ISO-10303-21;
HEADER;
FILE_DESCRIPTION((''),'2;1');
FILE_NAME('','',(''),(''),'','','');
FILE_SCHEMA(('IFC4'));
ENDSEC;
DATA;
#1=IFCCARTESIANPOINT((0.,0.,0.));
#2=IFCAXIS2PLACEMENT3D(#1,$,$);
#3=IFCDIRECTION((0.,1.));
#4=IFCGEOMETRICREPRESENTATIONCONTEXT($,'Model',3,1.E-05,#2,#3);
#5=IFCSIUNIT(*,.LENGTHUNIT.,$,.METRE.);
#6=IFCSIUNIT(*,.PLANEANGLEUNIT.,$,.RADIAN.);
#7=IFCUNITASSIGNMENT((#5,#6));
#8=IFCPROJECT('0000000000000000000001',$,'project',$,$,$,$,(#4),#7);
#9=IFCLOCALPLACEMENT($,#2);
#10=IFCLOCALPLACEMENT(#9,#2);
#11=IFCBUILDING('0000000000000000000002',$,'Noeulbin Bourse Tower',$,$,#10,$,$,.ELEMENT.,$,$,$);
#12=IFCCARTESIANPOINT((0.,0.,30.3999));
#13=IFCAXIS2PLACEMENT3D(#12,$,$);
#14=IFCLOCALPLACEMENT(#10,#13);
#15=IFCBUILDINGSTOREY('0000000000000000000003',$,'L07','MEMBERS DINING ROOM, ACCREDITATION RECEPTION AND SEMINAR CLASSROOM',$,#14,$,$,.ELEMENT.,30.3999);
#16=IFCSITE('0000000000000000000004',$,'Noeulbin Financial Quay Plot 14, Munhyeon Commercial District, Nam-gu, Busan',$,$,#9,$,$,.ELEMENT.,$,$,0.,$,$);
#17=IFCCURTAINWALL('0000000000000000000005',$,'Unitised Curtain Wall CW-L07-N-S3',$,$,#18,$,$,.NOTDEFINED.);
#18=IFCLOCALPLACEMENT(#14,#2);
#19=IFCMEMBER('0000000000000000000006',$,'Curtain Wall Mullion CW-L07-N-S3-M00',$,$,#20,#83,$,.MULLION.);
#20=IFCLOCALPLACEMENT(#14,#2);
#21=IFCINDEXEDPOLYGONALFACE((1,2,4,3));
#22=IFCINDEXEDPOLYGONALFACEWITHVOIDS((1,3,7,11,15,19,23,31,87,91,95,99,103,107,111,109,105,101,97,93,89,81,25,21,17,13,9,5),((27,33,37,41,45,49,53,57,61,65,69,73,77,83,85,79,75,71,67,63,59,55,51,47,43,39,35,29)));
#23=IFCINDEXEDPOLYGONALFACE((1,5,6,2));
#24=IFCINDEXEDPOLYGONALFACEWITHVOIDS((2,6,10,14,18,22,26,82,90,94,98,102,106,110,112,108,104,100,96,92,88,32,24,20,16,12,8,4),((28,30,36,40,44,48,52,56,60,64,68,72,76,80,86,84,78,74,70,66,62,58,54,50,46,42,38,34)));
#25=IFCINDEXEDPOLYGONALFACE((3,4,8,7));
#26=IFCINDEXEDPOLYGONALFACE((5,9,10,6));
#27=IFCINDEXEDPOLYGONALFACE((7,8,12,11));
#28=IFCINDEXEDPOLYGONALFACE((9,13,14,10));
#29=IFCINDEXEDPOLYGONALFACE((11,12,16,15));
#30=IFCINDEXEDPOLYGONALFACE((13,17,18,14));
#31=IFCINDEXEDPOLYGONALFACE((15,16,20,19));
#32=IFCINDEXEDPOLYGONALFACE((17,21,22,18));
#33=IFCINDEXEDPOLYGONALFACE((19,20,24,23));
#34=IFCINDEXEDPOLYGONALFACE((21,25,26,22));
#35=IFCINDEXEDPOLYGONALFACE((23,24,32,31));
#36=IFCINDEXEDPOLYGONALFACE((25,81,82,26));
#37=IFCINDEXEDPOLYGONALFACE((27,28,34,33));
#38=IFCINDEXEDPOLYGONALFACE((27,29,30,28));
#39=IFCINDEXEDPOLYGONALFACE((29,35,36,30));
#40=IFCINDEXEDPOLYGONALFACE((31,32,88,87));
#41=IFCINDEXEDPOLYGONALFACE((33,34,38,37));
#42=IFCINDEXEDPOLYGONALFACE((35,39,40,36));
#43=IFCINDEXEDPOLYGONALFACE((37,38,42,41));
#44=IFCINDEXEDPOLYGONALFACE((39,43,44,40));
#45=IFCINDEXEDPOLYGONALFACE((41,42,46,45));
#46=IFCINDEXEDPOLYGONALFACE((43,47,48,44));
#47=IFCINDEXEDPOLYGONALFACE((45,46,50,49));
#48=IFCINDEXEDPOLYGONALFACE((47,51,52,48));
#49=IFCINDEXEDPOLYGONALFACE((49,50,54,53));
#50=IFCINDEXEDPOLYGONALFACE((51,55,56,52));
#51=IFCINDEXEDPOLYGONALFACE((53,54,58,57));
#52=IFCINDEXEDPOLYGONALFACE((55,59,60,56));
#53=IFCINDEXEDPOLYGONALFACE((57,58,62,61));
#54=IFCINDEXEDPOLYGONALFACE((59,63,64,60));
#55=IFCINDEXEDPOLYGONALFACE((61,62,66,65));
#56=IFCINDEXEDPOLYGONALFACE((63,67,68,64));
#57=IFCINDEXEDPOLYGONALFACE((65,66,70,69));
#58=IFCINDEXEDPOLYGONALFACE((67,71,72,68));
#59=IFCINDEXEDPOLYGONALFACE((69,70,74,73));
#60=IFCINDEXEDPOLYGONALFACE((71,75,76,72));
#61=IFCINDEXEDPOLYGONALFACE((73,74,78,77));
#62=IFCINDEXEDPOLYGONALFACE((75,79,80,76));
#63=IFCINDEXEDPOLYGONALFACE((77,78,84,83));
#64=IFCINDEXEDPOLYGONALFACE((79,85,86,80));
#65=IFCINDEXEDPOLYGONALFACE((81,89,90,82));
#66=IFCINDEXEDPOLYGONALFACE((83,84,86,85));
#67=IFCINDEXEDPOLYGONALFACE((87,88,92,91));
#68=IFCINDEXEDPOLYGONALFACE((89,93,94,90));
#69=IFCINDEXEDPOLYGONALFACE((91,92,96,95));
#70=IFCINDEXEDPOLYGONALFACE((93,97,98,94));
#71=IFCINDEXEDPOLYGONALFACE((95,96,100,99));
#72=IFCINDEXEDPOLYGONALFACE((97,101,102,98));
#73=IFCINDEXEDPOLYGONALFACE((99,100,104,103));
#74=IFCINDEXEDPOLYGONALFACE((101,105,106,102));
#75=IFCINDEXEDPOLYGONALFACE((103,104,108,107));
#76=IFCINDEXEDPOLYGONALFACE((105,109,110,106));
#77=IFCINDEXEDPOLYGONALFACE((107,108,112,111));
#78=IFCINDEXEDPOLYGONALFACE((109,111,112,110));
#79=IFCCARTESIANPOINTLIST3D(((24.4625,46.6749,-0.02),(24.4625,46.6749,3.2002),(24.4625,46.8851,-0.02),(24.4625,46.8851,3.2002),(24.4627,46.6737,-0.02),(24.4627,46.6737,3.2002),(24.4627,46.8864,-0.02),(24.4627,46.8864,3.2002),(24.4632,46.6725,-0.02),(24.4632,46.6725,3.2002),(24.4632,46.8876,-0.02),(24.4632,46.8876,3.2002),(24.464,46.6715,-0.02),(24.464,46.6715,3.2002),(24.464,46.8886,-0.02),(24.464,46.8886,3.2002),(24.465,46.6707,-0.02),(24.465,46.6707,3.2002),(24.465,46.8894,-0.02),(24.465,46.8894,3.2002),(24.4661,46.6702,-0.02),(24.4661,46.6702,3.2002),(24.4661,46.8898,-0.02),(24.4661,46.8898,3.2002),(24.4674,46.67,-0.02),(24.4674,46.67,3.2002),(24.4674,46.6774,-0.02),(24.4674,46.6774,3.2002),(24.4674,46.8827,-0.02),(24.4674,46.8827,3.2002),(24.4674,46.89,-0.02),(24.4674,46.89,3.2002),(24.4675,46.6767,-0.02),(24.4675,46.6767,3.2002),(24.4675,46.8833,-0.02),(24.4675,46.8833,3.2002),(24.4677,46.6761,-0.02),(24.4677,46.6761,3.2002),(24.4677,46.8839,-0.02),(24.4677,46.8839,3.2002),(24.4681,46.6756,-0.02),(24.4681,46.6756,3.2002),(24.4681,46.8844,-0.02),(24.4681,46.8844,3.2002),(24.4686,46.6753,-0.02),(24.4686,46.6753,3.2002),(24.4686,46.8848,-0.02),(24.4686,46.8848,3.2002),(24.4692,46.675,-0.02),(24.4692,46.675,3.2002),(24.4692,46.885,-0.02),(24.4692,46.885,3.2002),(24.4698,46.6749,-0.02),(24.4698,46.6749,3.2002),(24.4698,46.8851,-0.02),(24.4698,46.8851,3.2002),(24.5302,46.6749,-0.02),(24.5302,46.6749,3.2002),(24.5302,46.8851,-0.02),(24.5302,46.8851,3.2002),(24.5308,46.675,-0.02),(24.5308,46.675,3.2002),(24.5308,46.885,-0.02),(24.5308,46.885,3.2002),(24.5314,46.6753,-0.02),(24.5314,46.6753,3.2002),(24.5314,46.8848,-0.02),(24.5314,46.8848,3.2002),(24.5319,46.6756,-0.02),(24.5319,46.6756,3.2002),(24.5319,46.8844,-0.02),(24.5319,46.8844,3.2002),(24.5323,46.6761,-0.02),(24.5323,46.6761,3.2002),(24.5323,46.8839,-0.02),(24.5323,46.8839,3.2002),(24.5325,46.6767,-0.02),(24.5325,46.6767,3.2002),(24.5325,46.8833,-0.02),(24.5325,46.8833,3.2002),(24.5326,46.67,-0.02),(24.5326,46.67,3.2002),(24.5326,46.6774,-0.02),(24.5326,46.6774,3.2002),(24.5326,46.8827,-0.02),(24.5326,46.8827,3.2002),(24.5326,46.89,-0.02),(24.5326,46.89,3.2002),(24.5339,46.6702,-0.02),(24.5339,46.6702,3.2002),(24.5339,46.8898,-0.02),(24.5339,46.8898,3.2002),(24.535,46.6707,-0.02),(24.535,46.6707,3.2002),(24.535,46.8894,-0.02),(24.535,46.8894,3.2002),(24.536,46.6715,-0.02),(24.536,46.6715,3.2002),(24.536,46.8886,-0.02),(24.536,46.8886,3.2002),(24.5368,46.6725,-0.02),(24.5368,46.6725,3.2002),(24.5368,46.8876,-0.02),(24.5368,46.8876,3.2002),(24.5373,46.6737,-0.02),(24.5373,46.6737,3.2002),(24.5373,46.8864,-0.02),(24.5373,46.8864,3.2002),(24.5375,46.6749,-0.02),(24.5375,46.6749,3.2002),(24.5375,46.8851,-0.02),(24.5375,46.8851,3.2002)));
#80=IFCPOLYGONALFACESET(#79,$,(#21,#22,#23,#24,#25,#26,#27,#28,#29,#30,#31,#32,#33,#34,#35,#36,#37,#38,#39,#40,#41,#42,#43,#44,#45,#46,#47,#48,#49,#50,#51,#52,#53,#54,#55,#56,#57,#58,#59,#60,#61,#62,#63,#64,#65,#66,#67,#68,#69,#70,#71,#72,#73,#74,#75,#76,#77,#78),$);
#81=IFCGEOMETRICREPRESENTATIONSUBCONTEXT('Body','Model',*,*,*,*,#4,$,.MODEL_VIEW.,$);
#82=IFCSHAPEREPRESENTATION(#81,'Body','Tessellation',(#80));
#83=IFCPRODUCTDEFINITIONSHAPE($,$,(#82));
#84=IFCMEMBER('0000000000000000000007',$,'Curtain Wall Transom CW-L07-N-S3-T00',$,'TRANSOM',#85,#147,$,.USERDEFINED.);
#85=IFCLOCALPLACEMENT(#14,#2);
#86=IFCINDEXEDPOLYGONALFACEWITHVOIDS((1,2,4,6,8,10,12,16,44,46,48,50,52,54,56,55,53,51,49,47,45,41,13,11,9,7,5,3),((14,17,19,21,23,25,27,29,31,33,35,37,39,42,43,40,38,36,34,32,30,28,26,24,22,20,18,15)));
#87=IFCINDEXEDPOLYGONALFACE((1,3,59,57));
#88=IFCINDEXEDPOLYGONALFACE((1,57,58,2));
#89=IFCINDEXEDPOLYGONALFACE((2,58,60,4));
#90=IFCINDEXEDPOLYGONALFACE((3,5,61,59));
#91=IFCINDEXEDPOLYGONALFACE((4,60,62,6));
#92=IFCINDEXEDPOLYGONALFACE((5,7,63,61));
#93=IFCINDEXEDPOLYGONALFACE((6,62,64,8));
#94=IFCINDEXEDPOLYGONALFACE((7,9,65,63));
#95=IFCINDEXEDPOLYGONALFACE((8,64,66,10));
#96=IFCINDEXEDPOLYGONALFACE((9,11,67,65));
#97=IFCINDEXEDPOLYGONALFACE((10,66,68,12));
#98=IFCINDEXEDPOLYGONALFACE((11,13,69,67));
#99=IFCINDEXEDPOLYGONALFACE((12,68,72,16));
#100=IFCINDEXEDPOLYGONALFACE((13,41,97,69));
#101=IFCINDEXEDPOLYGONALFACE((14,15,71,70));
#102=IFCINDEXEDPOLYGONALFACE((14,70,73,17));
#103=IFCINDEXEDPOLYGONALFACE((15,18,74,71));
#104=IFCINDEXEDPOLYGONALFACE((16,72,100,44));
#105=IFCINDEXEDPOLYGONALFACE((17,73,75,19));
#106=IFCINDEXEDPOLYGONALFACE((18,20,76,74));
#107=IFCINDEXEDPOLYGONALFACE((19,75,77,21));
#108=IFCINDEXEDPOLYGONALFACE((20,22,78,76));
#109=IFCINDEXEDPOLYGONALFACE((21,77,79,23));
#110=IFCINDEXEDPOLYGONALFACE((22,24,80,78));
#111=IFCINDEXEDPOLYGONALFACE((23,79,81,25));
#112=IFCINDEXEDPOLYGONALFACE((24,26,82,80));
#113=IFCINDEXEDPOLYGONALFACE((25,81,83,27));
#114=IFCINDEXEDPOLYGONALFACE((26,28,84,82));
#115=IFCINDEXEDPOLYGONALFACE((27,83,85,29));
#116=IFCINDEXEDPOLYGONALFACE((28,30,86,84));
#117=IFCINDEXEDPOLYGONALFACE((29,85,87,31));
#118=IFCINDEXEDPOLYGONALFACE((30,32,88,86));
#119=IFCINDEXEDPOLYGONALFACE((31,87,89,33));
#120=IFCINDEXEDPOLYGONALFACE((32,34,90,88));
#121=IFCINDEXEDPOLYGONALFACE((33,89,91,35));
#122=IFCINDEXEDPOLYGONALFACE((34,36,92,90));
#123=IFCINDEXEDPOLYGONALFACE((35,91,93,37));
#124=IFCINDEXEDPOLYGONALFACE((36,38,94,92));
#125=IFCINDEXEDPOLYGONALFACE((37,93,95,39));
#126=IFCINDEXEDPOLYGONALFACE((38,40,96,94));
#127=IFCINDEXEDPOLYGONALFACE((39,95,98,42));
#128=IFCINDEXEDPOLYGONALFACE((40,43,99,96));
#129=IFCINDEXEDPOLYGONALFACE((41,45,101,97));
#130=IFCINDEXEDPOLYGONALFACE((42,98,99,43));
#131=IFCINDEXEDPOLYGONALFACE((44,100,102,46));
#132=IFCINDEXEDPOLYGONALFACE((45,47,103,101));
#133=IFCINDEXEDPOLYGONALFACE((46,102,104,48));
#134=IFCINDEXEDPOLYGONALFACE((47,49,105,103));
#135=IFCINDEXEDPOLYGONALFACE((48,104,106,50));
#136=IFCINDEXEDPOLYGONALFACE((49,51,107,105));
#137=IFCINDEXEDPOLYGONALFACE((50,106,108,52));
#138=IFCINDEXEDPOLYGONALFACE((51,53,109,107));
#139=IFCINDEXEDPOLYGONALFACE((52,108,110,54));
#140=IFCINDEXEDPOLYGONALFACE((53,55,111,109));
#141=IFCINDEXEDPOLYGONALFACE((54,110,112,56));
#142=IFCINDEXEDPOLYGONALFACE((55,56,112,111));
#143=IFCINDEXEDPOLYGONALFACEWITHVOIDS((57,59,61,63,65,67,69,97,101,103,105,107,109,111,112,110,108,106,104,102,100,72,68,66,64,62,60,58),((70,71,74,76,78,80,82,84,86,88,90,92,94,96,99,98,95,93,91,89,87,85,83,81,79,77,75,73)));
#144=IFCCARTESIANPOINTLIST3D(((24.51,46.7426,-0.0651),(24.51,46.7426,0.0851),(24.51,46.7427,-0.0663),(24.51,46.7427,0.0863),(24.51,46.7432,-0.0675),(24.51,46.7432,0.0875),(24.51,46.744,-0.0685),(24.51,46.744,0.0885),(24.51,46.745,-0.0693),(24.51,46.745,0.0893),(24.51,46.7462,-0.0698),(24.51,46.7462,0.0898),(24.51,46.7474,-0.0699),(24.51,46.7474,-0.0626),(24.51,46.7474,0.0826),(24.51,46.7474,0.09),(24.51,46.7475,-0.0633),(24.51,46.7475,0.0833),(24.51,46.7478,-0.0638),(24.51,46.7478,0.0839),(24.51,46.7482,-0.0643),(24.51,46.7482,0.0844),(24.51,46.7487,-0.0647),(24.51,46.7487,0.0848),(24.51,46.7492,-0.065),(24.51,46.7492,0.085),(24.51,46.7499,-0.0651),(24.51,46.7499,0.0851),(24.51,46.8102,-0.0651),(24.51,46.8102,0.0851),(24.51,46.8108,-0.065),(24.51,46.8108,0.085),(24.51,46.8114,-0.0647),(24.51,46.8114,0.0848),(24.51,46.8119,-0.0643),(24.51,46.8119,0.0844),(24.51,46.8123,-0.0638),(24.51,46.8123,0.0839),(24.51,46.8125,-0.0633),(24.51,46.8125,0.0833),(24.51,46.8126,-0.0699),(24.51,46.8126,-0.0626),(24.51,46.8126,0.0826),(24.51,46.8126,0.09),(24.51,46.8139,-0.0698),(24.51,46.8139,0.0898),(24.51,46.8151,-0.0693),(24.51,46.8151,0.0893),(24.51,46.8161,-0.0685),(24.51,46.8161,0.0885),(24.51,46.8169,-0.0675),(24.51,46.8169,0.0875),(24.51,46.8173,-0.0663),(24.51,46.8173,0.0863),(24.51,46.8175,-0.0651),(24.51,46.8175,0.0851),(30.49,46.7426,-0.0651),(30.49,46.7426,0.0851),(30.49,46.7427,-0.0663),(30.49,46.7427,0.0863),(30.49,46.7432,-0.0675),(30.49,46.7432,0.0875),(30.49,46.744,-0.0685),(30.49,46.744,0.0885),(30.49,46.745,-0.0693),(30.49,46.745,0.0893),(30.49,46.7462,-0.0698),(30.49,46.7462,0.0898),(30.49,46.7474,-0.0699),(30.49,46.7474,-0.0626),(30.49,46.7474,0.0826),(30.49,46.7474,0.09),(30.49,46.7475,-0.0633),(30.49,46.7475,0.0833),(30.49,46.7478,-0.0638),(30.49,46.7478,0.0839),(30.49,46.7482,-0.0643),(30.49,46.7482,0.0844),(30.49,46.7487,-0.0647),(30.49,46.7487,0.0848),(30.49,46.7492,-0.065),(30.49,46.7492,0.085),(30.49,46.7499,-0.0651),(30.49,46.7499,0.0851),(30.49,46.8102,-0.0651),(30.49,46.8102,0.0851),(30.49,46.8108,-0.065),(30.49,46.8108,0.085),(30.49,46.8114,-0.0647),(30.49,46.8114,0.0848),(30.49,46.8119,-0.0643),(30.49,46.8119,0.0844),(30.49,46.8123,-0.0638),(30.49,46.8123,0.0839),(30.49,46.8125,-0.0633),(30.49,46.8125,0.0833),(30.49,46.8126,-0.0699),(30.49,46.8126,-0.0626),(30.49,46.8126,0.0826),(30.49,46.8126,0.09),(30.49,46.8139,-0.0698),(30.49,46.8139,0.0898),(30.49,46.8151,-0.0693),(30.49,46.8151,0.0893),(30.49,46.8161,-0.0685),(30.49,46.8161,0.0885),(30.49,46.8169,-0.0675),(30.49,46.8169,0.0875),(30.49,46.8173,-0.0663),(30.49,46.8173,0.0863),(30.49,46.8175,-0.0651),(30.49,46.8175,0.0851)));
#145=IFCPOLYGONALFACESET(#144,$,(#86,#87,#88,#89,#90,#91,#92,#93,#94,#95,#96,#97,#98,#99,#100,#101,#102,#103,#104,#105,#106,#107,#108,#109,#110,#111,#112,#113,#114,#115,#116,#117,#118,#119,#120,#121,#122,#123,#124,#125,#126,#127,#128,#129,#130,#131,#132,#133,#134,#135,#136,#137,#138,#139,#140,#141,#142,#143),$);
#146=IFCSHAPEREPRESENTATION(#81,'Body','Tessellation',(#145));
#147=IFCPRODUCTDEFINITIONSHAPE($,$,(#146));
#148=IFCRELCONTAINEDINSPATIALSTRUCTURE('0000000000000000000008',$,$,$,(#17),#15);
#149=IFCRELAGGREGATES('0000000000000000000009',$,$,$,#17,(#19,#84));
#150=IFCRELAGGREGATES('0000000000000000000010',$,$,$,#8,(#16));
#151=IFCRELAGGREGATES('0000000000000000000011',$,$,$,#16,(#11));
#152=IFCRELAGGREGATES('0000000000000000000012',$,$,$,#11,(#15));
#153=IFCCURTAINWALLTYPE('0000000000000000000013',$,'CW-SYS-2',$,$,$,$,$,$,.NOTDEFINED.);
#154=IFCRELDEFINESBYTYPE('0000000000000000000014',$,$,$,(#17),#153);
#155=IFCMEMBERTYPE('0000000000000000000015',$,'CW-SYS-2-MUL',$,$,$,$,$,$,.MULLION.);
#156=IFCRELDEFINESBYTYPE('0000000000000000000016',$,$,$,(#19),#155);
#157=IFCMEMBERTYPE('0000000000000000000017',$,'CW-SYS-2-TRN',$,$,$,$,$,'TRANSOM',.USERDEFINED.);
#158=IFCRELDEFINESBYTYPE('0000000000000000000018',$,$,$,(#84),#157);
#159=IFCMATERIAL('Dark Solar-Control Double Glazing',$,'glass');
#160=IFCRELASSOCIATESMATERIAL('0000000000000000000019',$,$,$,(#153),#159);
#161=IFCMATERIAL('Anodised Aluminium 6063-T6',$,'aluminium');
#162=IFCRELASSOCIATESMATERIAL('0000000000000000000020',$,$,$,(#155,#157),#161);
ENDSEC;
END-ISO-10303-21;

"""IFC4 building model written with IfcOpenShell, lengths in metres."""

from ifc_helpers import new_model, si_unit, direction, frame, origin, origin_2d, place, context, subcontext, project, spatial, hollow_rectangle, extrude, material, material_profile, profile_set, type_object, element, aggregate, save


model = new_model("IFC4")

# Units and contexts
model_context = context("Model", 3, precision=1e-05, world=origin(), true_north=direction((0.0, 1.0)))
body_context = subcontext(model_context, "Body", "Model", "MODEL_VIEW")
ifc_project = project(units=[si_unit("LENGTHUNIT", "METRE"), si_unit("PLANEANGLEUNIT", "RADIAN")], contexts=[model_context])

# Site, building, storey
site_placement = place(None, origin())
site = spatial("IfcSite", under=ifc_project, at=site_placement, Name="Noeulbin Financial Quay Plot 14, Munhyeon Commercial District, Nam-gu, Busan", CompositionType="ELEMENT", RefElevation=0.0)
building_placement = place(site_placement, origin())
building = spatial("IfcBuilding", under=site, at=building_placement, Name="Noeulbin Bourse Tower", CompositionType="ELEMENT")
storey_placement = place(building_placement, frame((0.0, 0.0, 30.3999)))
storey = spatial("IfcBuildingStorey", under=building, at=storey_placement, Name="L07", Description="MEMBERS DINING ROOM, ACCREDITATION RECEPTION AND SEMINAR CLASSROOM", CompositionType="ELEMENT", Elevation=30.3999)

# Curtain wall, members
ifc_material_1 = material(Name="Dark Solar-Control Double Glazing", Category="glass")
curtain_wall_type = type_object("IfcCurtainWallType", Name="CW-SYS-2", PredefinedType="NOTDEFINED", material=ifc_material_1)
ifc_material_2 = material(Name="Anodised Aluminium 6063-T6", Category="aluminium")
ifc_material_profile_1 = material_profile(ifc_material_2, hollow_rectangle(XDim=0.075, YDim=0.22, WallThickness=0.0049, InnerFilletRadius=0.0024, OuterFilletRadius=0.0049, at=origin_2d()), Name="ALU-MULL-75x220x5", Category="LoadBearing")
ifc_profile_set_1 = profile_set([ifc_material_profile_1], Name="Anodised Aluminium 6063-T6")
member_type_1 = type_object("IfcMemberType", Name="CW-SYS-2-MUL", PredefinedType="MULLION", material=ifc_profile_set_1)
curtain_wall_1_placement = place(storey_placement, origin())
curtain_wall_1 = element("IfcCurtainWall", 1, at=curtain_wall_1_placement, inside=storey, type_object=curtain_wall_type, Name="Unitised Curtain Wall CW-L07-N-S3", PredefinedType="NOTDEFINED")
member_1_placement = place(storey_placement, frame((24.5, 46.78, -0.02), z_axis=(0.0, 0.0, 1.0), x_axis=(1.0, 0.0, 0.0)))
member_1 = element("IfcMember", 2, at=member_1_placement, type_object=member_type_1, Name="Curtain Wall Mullion CW-L07-N-S3-M00", PredefinedType="MULLION", context=body_context, shape_type="SweptSolid", body=[
    extrude(hollow_rectangle(XDim=0.075, YDim=0.22, WallThickness=0.0049, InnerFilletRadius=0.0024, OuterFilletRadius=0.0049, at=origin_2d()), origin(), (0.0, 0.0, 1.0), 3.2202),
])
ifc_material_profile_2 = material_profile(ifc_material_2, hollow_rectangle(XDim=0.075, YDim=0.1599, WallThickness=0.0049, InnerFilletRadius=0.0024, OuterFilletRadius=0.0049, at=origin_2d()), Name="ALU-TRAN-75x160x5", Category="LoadBearing")
ifc_profile_set_2 = profile_set([ifc_material_profile_2], Name="Anodised Aluminium 6063-T6")
member_type_2 = type_object("IfcMemberType", Name="CW-SYS-2-TRN", ElementType="TRANSOM", PredefinedType="USERDEFINED", material=ifc_profile_set_2)
member_2_placement = place(storey_placement, frame((24.51, 46.78, 0.01), z_axis=(1.0, 0.0, 0.0), x_axis=(0.0, 1.0, 0.0)))
member_2 = element("IfcMember", 3, at=member_2_placement, type_object=member_type_2, Name="Curtain Wall Transom CW-L07-N-S3-T00", ObjectType="TRANSOM", PredefinedType="USERDEFINED", context=body_context, shape_type="SweptSolid", body=[
    extrude(hollow_rectangle(XDim=0.075, YDim=0.1599, WallThickness=0.0049, InnerFilletRadius=0.0024, OuterFilletRadius=0.0049, at=origin_2d()), origin(), (0.0, 0.0, 1.0), 5.98),
])

aggregate(curtain_wall_1, [member_1, member_2])

save(model, "model.ifc")
